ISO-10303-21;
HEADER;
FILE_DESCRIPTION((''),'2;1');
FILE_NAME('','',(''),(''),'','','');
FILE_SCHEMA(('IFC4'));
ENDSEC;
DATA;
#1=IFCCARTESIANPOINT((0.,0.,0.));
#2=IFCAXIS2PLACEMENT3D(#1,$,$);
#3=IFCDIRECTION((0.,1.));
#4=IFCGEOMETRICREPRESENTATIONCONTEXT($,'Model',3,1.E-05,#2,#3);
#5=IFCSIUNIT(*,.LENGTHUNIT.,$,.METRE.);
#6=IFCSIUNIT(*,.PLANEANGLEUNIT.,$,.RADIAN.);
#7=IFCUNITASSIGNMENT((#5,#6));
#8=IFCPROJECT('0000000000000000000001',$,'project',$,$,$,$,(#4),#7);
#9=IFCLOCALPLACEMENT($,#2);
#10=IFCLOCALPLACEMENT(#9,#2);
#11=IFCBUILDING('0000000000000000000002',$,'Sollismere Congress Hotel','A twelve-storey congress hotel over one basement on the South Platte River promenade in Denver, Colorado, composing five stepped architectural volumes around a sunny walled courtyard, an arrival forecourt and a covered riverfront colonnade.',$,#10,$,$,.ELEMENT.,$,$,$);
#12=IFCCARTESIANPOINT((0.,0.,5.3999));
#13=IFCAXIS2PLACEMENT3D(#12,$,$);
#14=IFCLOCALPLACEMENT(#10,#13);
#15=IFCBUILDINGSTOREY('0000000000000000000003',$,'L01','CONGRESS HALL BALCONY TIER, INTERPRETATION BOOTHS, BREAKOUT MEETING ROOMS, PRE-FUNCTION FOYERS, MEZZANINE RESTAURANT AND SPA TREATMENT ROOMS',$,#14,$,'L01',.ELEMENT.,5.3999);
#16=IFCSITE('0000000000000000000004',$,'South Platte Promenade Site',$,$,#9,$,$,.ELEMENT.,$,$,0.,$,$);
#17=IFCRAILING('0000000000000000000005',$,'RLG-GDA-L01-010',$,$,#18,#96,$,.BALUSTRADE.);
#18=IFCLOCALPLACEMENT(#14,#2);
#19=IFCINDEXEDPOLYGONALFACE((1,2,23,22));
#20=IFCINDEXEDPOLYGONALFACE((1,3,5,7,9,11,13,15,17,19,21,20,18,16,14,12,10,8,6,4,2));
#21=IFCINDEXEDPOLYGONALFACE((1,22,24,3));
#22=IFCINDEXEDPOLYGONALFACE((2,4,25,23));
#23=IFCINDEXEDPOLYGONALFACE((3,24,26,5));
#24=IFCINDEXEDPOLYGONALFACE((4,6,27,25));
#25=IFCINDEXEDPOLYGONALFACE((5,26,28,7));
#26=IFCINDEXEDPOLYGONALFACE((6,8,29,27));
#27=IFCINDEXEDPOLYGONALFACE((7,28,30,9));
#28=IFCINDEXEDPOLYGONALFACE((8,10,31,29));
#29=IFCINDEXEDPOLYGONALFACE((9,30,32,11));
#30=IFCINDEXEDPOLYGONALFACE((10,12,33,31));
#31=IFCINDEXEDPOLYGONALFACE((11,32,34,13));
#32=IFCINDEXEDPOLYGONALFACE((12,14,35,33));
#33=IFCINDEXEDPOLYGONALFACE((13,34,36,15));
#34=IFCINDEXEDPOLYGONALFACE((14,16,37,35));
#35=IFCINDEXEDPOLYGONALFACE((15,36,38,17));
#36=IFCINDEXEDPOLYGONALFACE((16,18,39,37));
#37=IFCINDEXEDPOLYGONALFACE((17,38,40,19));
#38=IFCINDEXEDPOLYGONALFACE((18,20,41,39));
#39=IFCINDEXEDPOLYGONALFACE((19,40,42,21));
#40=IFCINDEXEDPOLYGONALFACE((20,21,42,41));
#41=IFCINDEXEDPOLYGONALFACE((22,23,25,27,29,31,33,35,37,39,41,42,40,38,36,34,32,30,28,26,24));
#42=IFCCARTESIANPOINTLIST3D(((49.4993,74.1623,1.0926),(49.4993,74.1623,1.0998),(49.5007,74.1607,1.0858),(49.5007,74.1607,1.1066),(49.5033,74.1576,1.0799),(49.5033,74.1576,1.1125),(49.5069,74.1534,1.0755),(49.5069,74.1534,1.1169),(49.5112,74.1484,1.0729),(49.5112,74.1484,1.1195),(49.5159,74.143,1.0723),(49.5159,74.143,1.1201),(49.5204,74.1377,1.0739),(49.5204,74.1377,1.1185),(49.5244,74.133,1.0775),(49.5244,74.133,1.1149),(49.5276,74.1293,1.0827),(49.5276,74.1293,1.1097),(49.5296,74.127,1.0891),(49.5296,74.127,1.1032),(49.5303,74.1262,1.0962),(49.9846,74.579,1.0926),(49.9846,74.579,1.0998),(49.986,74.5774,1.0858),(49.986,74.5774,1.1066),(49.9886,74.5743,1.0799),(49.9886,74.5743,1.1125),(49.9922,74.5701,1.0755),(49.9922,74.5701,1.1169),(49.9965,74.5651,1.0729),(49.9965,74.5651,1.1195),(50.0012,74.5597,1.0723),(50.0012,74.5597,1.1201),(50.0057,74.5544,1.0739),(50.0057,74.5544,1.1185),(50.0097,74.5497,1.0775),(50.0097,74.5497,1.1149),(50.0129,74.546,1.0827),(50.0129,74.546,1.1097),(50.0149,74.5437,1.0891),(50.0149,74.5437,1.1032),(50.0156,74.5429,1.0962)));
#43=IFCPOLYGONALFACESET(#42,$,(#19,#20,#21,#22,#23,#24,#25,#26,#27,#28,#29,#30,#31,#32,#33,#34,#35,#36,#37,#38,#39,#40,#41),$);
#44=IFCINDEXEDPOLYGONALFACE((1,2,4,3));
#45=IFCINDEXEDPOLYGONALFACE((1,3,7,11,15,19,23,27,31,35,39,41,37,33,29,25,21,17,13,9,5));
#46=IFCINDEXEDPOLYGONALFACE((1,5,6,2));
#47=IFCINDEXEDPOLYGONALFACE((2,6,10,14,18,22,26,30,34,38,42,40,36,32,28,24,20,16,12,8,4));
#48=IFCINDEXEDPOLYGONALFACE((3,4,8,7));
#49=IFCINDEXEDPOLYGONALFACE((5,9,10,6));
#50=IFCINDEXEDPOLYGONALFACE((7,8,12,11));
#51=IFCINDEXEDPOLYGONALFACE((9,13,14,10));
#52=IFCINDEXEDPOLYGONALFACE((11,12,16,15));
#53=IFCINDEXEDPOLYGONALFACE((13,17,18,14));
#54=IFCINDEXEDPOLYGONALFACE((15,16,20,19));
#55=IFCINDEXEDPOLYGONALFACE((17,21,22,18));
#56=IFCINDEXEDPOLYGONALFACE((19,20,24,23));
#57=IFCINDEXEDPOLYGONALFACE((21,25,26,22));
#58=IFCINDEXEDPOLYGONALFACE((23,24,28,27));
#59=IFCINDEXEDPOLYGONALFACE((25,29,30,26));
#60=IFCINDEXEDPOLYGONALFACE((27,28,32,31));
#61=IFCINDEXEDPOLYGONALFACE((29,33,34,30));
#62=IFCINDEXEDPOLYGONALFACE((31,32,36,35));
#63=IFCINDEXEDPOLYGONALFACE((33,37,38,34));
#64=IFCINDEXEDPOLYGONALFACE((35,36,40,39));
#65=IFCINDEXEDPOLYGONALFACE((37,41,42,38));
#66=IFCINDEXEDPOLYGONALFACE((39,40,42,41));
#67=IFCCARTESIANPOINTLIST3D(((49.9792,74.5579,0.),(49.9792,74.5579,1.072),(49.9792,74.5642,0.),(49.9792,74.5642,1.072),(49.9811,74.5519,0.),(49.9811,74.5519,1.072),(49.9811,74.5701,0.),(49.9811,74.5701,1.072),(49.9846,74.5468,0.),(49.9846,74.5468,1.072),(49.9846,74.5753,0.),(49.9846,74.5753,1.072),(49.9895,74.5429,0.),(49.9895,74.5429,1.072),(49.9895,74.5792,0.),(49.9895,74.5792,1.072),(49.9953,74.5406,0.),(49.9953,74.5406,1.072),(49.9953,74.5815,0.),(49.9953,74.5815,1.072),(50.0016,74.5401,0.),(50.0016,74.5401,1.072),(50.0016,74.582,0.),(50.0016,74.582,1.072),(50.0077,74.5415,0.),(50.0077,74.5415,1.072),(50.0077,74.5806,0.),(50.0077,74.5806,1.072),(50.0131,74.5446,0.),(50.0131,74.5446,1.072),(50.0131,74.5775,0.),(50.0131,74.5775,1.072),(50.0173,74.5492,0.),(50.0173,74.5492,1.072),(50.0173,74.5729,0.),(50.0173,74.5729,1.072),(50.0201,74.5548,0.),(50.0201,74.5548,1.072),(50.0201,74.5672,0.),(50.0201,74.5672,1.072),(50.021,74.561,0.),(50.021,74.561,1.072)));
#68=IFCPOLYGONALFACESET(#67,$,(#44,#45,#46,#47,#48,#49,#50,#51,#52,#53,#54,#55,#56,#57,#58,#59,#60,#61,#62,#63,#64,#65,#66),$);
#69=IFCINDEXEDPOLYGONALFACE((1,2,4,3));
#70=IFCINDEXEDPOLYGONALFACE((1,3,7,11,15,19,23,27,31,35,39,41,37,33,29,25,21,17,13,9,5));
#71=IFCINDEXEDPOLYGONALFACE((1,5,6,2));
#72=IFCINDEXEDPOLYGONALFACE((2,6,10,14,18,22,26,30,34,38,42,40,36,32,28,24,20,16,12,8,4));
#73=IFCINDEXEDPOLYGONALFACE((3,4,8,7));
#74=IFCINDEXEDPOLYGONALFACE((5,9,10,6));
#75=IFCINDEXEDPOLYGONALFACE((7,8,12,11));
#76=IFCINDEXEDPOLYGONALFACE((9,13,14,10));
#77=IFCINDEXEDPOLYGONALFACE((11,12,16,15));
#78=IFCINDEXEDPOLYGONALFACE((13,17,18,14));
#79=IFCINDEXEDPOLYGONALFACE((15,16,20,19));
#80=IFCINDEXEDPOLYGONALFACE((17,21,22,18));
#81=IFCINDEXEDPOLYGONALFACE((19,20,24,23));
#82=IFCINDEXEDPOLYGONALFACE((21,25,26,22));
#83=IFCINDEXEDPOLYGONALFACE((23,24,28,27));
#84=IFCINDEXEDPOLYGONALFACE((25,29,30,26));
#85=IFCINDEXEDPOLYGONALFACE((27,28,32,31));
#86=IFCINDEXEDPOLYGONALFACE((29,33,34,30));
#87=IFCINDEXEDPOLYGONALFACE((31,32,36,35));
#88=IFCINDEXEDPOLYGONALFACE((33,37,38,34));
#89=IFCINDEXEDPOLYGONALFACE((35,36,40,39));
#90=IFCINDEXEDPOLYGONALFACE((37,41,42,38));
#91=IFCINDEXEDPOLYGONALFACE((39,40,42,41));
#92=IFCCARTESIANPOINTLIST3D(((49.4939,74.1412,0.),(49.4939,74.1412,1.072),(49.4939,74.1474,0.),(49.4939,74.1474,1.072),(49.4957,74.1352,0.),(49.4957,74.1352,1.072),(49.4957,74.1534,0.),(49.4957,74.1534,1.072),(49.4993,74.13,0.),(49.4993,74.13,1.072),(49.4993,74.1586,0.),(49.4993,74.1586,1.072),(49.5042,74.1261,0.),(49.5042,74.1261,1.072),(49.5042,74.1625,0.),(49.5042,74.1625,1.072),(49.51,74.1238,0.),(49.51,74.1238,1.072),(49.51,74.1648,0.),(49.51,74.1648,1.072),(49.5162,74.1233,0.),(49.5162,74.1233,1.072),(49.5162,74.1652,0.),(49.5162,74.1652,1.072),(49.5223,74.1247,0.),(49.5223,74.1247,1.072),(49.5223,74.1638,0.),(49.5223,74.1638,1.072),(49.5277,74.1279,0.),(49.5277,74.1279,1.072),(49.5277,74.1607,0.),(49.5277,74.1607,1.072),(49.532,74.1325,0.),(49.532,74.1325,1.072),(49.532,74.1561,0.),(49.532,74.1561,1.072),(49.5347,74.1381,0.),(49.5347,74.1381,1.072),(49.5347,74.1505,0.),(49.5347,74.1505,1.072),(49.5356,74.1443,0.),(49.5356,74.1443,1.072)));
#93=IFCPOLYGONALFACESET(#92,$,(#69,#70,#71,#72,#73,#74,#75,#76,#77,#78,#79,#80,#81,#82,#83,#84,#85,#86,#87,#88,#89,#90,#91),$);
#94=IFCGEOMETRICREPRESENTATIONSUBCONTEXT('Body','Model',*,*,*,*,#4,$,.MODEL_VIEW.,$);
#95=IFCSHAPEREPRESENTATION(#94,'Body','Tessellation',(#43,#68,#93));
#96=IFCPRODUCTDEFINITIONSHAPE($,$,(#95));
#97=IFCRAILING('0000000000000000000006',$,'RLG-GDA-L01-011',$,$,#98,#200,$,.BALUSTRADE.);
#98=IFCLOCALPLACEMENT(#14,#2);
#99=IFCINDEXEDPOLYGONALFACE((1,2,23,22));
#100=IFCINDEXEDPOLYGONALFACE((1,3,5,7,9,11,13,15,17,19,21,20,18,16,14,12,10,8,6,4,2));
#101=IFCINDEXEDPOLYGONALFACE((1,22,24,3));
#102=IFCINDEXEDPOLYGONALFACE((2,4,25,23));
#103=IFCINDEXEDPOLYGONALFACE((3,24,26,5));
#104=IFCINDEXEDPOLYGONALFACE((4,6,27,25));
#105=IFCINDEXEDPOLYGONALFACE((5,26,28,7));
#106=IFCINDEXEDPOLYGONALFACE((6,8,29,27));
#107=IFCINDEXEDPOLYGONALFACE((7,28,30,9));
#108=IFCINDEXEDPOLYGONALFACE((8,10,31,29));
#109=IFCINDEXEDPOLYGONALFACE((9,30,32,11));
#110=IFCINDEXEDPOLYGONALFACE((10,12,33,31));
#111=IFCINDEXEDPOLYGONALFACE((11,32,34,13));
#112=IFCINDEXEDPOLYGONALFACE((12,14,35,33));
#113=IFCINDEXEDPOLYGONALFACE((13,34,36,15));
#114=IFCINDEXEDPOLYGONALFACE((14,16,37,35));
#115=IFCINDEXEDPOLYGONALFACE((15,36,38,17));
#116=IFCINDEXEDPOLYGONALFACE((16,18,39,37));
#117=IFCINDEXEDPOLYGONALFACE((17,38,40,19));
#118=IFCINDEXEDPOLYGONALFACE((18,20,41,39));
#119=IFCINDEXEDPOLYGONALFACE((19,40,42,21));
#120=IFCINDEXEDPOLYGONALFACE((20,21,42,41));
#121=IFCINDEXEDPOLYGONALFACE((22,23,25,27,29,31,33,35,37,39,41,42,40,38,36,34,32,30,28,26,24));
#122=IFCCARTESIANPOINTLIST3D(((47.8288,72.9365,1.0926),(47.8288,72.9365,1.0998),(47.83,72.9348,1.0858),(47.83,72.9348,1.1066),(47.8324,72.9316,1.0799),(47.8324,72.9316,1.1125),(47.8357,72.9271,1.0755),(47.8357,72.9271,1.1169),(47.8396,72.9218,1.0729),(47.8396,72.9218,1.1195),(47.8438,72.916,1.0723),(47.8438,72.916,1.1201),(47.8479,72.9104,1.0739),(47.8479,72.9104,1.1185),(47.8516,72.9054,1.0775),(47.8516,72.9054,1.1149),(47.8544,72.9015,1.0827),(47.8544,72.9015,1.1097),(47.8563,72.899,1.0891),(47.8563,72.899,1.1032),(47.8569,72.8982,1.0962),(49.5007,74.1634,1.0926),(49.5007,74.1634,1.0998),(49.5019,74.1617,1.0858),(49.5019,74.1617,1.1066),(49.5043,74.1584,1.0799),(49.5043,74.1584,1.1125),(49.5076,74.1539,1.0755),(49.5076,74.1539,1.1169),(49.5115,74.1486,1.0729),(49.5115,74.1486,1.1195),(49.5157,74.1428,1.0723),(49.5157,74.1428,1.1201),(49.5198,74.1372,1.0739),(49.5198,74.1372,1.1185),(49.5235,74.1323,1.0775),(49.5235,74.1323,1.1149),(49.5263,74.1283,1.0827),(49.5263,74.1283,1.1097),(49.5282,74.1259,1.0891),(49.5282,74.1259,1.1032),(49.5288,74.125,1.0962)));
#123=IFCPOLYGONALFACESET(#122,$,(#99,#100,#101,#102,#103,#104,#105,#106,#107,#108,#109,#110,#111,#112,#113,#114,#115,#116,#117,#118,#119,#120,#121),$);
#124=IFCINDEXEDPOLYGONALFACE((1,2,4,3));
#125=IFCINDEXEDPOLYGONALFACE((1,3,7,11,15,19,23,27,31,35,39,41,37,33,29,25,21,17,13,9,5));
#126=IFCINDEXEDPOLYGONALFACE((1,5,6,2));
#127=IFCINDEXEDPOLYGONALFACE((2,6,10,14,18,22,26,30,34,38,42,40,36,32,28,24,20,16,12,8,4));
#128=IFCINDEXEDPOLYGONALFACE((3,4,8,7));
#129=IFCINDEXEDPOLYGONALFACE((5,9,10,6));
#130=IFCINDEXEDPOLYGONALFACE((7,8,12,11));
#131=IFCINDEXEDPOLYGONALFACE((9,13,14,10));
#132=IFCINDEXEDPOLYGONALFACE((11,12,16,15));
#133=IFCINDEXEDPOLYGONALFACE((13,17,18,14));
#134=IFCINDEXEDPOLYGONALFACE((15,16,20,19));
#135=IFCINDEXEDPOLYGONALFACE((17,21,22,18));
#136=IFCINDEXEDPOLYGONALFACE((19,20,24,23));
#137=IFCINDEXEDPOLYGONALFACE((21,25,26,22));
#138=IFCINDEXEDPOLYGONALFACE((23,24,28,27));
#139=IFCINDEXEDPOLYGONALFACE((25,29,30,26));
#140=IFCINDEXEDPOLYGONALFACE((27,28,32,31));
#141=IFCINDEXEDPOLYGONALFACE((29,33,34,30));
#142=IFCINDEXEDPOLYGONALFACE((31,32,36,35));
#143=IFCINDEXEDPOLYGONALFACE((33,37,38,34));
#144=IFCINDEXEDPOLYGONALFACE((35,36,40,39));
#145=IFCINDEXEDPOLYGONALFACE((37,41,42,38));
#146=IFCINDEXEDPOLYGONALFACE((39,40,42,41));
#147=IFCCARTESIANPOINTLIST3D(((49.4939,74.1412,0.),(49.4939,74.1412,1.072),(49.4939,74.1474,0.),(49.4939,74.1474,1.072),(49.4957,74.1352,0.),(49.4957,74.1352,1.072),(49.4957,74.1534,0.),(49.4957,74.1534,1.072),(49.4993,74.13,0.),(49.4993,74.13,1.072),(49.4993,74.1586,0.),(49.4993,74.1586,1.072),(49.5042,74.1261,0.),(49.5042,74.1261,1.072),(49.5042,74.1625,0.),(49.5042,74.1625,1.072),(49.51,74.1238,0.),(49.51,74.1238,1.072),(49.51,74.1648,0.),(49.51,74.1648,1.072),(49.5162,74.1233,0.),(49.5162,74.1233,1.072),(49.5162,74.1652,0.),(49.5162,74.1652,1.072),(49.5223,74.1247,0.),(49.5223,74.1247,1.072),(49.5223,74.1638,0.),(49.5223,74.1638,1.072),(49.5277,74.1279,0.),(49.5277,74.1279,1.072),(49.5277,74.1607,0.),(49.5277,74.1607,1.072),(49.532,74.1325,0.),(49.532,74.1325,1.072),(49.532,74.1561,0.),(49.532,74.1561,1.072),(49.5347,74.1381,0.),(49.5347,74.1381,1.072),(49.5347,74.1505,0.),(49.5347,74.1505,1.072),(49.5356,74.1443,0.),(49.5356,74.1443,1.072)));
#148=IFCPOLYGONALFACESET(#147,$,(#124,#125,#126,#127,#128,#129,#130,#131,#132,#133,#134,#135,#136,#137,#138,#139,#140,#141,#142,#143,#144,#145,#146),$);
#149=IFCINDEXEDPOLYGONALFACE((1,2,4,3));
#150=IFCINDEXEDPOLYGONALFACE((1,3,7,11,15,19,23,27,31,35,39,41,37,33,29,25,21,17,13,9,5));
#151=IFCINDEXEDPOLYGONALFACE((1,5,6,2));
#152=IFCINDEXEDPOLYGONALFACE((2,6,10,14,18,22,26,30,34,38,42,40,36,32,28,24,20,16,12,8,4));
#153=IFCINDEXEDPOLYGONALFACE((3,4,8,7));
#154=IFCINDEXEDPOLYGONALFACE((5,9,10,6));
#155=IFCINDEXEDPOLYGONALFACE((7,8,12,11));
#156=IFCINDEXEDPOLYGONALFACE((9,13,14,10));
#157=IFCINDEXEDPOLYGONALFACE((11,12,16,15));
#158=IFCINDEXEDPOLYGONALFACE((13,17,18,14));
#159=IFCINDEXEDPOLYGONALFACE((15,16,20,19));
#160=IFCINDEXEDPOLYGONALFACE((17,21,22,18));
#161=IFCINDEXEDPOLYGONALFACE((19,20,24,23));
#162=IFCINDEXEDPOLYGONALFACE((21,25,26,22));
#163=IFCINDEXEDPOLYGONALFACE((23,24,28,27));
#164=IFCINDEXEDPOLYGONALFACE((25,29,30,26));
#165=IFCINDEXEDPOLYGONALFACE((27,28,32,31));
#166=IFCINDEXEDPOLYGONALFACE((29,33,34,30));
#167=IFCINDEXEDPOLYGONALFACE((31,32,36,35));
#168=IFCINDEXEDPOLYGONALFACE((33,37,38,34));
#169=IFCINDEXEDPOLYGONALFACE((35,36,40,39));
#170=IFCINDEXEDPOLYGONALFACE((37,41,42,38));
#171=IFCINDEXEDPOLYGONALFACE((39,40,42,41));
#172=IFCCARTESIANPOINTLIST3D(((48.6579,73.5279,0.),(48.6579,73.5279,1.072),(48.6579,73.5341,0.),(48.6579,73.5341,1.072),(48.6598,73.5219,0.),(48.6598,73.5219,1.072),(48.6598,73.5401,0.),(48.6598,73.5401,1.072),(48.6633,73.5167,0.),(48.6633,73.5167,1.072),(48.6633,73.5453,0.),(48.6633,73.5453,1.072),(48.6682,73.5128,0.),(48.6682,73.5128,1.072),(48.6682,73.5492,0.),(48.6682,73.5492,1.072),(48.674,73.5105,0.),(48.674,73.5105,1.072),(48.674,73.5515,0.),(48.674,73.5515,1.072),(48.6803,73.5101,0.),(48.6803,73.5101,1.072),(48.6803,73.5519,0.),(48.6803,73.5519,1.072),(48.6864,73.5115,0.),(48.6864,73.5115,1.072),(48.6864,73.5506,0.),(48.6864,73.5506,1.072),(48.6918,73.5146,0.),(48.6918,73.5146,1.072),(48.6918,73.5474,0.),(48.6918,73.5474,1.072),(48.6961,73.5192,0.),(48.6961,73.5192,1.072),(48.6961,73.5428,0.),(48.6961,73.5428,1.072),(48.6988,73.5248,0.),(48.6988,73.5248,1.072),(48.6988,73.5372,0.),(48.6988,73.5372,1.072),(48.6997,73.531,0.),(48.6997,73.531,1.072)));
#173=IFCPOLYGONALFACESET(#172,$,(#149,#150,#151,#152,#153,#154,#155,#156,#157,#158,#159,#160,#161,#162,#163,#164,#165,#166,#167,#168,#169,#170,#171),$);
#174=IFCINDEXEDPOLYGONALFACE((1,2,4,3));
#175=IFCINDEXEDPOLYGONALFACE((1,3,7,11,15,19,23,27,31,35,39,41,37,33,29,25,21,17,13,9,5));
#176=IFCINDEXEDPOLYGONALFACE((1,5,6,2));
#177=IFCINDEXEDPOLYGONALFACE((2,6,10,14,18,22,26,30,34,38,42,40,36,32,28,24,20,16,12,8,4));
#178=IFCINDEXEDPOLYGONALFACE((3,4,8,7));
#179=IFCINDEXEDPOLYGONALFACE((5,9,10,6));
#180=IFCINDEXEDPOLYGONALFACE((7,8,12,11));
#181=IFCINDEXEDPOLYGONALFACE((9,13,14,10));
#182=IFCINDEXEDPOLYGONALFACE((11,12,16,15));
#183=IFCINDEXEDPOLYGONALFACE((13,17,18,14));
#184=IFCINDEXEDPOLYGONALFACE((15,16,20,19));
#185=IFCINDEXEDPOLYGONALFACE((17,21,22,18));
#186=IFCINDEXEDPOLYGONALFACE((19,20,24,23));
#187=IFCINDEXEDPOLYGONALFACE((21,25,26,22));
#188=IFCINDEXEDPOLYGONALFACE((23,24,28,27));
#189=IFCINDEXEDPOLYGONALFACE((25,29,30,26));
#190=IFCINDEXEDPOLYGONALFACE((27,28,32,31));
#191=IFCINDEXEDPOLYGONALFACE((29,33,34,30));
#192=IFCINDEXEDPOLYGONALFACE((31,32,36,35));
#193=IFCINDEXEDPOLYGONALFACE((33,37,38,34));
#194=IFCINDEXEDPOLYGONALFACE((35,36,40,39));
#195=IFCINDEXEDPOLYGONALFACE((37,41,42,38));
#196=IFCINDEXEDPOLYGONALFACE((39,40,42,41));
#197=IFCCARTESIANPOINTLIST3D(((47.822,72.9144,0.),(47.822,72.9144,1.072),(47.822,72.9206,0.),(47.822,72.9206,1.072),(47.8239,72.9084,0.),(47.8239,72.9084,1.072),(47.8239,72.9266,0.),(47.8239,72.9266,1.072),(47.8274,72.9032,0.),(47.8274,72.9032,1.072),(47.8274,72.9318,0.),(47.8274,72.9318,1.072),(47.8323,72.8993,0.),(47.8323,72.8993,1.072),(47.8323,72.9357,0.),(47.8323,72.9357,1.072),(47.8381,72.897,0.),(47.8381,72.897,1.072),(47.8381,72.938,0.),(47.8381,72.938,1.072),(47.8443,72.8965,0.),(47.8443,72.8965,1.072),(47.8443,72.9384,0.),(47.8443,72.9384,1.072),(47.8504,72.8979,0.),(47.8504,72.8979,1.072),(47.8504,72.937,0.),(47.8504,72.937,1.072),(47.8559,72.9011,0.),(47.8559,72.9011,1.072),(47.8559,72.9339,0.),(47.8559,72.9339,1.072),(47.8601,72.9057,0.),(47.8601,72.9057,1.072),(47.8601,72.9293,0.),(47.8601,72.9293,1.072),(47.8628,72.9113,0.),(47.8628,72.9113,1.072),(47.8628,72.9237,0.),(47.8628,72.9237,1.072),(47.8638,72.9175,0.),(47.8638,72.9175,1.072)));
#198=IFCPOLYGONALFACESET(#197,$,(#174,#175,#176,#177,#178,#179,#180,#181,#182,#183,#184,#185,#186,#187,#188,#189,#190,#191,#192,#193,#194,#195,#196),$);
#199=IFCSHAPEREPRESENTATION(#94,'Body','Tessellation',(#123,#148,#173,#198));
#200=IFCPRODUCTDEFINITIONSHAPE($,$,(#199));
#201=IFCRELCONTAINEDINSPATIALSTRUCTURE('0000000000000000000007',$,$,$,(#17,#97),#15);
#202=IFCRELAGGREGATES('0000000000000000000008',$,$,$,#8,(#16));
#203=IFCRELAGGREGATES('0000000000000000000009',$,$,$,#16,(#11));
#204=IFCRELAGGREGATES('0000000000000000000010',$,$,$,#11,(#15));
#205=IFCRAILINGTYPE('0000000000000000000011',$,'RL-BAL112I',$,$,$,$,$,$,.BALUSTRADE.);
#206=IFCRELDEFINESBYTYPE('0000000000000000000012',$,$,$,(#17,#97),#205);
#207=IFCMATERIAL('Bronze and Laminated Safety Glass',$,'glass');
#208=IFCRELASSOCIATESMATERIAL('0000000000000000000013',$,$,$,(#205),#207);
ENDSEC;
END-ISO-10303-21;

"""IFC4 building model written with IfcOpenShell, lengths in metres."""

from ifc_helpers import new_model, si_unit, direction, frame, origin, origin_2d, place, context, subcontext, project, spatial, circle, extrude, material, type_object, element, save


model = new_model("IFC4")

# Units and contexts
model_context = context("Model", 3, precision=1e-05, world=origin(), true_north=direction((0.0, 1.0)))
body_context = subcontext(model_context, "Body", "Model", "MODEL_VIEW")
ifc_project = project(units=[si_unit("LENGTHUNIT", "METRE"), si_unit("PLANEANGLEUNIT", "RADIAN")], contexts=[model_context])

# Site, building, storey
site_placement = place(None, origin())
site = spatial("IfcSite", under=ifc_project, at=site_placement, Name="South Platte Promenade Site", CompositionType="ELEMENT", RefElevation=0.0)
building_placement = place(site_placement, origin())
building = spatial("IfcBuilding", under=site, at=building_placement, Name="Sollismere Congress Hotel", Description="A twelve-storey congress hotel over one basement on the South Platte River promenade in Denver, Colorado, composing five stepped architectural volumes around a sunny walled courtyard, an arrival forecourt and a covered riverfront colonnade.", CompositionType="ELEMENT")
storey_placement = place(building_placement, frame((0.0, 0.0, 5.3999)))
storey = spatial("IfcBuildingStorey", under=building, at=storey_placement, Name="L01", Description="CONGRESS HALL BALCONY TIER, INTERPRETATION BOOTHS, BREAKOUT MEETING ROOMS, PRE-FUNCTION FOYERS, MEZZANINE RESTAURANT AND SPA TREATMENT ROOMS", LongName="L01", CompositionType="ELEMENT", Elevation=5.3999)

# Railings
ifc_material_1 = material(Name="Bronze and Laminated Safety Glass", Category="glass")
railing_type = type_object("IfcRailingType", Name="RL-BAL112I", PredefinedType="BALUSTRADE", material=ifc_material_1)
railing_1_placement = place(storey_placement, frame((50.0, 74.561, 0.0)))
element("IfcRailing", 1, at=railing_1_placement, inside=storey, type_object=railing_type, Name="RLG-GDA-L01-010", PredefinedType="BALUSTRADE", context=body_context, shape_type="SweptSolid", body=[
    extrude(circle(Radius=0.0239, at=origin_2d()), frame((0.0, 0.0, 1.0962), z_axis=(-0.758691, -0.651451, 0.0), x_axis=(0.651451, -0.758691, 0.0)), (0.0, 0.0, 1.0), 0.6396),
    extrude(circle(Radius=0.021, at=origin_2d()), origin(), (0.0, 0.0, 1.0), 1.072),
    extrude(circle(Radius=0.021, at=origin_2d()), frame((-0.4854, -0.4167, 0.0)), (0.0, 0.0, 1.0), 1.072),
])
railing_2_placement = place(storey_placement, frame((49.5146, 74.1443, 0.0)))
element("IfcRailing", 2, at=railing_2_placement, inside=storey, type_object=railing_type, Name="RLG-GDA-L01-011", PredefinedType="BALUSTRADE", context=body_context, shape_type="SweptSolid", body=[
    extrude(circle(Radius=0.0239, at=origin_2d()), frame((0.0, 0.0, 1.0962), z_axis=(-0.806229, -0.591604, 0.0), x_axis=(0.591604, -0.806229, 0.0)), (0.0, 0.0, 1.0), 2.0737),
    extrude(circle(Radius=0.021, at=origin_2d()), origin(), (0.0, 0.0, 1.0), 1.072),
    extrude(circle(Radius=0.021, at=origin_2d()), frame((-0.8359, -0.6133, 0.0)), (0.0, 0.0, 1.0), 1.072),
    extrude(circle(Radius=0.021, at=origin_2d()), frame((-1.6719, -1.2268, 0.0)), (0.0, 0.0, 1.0), 1.072),
])

save(model, "model.ifc")
